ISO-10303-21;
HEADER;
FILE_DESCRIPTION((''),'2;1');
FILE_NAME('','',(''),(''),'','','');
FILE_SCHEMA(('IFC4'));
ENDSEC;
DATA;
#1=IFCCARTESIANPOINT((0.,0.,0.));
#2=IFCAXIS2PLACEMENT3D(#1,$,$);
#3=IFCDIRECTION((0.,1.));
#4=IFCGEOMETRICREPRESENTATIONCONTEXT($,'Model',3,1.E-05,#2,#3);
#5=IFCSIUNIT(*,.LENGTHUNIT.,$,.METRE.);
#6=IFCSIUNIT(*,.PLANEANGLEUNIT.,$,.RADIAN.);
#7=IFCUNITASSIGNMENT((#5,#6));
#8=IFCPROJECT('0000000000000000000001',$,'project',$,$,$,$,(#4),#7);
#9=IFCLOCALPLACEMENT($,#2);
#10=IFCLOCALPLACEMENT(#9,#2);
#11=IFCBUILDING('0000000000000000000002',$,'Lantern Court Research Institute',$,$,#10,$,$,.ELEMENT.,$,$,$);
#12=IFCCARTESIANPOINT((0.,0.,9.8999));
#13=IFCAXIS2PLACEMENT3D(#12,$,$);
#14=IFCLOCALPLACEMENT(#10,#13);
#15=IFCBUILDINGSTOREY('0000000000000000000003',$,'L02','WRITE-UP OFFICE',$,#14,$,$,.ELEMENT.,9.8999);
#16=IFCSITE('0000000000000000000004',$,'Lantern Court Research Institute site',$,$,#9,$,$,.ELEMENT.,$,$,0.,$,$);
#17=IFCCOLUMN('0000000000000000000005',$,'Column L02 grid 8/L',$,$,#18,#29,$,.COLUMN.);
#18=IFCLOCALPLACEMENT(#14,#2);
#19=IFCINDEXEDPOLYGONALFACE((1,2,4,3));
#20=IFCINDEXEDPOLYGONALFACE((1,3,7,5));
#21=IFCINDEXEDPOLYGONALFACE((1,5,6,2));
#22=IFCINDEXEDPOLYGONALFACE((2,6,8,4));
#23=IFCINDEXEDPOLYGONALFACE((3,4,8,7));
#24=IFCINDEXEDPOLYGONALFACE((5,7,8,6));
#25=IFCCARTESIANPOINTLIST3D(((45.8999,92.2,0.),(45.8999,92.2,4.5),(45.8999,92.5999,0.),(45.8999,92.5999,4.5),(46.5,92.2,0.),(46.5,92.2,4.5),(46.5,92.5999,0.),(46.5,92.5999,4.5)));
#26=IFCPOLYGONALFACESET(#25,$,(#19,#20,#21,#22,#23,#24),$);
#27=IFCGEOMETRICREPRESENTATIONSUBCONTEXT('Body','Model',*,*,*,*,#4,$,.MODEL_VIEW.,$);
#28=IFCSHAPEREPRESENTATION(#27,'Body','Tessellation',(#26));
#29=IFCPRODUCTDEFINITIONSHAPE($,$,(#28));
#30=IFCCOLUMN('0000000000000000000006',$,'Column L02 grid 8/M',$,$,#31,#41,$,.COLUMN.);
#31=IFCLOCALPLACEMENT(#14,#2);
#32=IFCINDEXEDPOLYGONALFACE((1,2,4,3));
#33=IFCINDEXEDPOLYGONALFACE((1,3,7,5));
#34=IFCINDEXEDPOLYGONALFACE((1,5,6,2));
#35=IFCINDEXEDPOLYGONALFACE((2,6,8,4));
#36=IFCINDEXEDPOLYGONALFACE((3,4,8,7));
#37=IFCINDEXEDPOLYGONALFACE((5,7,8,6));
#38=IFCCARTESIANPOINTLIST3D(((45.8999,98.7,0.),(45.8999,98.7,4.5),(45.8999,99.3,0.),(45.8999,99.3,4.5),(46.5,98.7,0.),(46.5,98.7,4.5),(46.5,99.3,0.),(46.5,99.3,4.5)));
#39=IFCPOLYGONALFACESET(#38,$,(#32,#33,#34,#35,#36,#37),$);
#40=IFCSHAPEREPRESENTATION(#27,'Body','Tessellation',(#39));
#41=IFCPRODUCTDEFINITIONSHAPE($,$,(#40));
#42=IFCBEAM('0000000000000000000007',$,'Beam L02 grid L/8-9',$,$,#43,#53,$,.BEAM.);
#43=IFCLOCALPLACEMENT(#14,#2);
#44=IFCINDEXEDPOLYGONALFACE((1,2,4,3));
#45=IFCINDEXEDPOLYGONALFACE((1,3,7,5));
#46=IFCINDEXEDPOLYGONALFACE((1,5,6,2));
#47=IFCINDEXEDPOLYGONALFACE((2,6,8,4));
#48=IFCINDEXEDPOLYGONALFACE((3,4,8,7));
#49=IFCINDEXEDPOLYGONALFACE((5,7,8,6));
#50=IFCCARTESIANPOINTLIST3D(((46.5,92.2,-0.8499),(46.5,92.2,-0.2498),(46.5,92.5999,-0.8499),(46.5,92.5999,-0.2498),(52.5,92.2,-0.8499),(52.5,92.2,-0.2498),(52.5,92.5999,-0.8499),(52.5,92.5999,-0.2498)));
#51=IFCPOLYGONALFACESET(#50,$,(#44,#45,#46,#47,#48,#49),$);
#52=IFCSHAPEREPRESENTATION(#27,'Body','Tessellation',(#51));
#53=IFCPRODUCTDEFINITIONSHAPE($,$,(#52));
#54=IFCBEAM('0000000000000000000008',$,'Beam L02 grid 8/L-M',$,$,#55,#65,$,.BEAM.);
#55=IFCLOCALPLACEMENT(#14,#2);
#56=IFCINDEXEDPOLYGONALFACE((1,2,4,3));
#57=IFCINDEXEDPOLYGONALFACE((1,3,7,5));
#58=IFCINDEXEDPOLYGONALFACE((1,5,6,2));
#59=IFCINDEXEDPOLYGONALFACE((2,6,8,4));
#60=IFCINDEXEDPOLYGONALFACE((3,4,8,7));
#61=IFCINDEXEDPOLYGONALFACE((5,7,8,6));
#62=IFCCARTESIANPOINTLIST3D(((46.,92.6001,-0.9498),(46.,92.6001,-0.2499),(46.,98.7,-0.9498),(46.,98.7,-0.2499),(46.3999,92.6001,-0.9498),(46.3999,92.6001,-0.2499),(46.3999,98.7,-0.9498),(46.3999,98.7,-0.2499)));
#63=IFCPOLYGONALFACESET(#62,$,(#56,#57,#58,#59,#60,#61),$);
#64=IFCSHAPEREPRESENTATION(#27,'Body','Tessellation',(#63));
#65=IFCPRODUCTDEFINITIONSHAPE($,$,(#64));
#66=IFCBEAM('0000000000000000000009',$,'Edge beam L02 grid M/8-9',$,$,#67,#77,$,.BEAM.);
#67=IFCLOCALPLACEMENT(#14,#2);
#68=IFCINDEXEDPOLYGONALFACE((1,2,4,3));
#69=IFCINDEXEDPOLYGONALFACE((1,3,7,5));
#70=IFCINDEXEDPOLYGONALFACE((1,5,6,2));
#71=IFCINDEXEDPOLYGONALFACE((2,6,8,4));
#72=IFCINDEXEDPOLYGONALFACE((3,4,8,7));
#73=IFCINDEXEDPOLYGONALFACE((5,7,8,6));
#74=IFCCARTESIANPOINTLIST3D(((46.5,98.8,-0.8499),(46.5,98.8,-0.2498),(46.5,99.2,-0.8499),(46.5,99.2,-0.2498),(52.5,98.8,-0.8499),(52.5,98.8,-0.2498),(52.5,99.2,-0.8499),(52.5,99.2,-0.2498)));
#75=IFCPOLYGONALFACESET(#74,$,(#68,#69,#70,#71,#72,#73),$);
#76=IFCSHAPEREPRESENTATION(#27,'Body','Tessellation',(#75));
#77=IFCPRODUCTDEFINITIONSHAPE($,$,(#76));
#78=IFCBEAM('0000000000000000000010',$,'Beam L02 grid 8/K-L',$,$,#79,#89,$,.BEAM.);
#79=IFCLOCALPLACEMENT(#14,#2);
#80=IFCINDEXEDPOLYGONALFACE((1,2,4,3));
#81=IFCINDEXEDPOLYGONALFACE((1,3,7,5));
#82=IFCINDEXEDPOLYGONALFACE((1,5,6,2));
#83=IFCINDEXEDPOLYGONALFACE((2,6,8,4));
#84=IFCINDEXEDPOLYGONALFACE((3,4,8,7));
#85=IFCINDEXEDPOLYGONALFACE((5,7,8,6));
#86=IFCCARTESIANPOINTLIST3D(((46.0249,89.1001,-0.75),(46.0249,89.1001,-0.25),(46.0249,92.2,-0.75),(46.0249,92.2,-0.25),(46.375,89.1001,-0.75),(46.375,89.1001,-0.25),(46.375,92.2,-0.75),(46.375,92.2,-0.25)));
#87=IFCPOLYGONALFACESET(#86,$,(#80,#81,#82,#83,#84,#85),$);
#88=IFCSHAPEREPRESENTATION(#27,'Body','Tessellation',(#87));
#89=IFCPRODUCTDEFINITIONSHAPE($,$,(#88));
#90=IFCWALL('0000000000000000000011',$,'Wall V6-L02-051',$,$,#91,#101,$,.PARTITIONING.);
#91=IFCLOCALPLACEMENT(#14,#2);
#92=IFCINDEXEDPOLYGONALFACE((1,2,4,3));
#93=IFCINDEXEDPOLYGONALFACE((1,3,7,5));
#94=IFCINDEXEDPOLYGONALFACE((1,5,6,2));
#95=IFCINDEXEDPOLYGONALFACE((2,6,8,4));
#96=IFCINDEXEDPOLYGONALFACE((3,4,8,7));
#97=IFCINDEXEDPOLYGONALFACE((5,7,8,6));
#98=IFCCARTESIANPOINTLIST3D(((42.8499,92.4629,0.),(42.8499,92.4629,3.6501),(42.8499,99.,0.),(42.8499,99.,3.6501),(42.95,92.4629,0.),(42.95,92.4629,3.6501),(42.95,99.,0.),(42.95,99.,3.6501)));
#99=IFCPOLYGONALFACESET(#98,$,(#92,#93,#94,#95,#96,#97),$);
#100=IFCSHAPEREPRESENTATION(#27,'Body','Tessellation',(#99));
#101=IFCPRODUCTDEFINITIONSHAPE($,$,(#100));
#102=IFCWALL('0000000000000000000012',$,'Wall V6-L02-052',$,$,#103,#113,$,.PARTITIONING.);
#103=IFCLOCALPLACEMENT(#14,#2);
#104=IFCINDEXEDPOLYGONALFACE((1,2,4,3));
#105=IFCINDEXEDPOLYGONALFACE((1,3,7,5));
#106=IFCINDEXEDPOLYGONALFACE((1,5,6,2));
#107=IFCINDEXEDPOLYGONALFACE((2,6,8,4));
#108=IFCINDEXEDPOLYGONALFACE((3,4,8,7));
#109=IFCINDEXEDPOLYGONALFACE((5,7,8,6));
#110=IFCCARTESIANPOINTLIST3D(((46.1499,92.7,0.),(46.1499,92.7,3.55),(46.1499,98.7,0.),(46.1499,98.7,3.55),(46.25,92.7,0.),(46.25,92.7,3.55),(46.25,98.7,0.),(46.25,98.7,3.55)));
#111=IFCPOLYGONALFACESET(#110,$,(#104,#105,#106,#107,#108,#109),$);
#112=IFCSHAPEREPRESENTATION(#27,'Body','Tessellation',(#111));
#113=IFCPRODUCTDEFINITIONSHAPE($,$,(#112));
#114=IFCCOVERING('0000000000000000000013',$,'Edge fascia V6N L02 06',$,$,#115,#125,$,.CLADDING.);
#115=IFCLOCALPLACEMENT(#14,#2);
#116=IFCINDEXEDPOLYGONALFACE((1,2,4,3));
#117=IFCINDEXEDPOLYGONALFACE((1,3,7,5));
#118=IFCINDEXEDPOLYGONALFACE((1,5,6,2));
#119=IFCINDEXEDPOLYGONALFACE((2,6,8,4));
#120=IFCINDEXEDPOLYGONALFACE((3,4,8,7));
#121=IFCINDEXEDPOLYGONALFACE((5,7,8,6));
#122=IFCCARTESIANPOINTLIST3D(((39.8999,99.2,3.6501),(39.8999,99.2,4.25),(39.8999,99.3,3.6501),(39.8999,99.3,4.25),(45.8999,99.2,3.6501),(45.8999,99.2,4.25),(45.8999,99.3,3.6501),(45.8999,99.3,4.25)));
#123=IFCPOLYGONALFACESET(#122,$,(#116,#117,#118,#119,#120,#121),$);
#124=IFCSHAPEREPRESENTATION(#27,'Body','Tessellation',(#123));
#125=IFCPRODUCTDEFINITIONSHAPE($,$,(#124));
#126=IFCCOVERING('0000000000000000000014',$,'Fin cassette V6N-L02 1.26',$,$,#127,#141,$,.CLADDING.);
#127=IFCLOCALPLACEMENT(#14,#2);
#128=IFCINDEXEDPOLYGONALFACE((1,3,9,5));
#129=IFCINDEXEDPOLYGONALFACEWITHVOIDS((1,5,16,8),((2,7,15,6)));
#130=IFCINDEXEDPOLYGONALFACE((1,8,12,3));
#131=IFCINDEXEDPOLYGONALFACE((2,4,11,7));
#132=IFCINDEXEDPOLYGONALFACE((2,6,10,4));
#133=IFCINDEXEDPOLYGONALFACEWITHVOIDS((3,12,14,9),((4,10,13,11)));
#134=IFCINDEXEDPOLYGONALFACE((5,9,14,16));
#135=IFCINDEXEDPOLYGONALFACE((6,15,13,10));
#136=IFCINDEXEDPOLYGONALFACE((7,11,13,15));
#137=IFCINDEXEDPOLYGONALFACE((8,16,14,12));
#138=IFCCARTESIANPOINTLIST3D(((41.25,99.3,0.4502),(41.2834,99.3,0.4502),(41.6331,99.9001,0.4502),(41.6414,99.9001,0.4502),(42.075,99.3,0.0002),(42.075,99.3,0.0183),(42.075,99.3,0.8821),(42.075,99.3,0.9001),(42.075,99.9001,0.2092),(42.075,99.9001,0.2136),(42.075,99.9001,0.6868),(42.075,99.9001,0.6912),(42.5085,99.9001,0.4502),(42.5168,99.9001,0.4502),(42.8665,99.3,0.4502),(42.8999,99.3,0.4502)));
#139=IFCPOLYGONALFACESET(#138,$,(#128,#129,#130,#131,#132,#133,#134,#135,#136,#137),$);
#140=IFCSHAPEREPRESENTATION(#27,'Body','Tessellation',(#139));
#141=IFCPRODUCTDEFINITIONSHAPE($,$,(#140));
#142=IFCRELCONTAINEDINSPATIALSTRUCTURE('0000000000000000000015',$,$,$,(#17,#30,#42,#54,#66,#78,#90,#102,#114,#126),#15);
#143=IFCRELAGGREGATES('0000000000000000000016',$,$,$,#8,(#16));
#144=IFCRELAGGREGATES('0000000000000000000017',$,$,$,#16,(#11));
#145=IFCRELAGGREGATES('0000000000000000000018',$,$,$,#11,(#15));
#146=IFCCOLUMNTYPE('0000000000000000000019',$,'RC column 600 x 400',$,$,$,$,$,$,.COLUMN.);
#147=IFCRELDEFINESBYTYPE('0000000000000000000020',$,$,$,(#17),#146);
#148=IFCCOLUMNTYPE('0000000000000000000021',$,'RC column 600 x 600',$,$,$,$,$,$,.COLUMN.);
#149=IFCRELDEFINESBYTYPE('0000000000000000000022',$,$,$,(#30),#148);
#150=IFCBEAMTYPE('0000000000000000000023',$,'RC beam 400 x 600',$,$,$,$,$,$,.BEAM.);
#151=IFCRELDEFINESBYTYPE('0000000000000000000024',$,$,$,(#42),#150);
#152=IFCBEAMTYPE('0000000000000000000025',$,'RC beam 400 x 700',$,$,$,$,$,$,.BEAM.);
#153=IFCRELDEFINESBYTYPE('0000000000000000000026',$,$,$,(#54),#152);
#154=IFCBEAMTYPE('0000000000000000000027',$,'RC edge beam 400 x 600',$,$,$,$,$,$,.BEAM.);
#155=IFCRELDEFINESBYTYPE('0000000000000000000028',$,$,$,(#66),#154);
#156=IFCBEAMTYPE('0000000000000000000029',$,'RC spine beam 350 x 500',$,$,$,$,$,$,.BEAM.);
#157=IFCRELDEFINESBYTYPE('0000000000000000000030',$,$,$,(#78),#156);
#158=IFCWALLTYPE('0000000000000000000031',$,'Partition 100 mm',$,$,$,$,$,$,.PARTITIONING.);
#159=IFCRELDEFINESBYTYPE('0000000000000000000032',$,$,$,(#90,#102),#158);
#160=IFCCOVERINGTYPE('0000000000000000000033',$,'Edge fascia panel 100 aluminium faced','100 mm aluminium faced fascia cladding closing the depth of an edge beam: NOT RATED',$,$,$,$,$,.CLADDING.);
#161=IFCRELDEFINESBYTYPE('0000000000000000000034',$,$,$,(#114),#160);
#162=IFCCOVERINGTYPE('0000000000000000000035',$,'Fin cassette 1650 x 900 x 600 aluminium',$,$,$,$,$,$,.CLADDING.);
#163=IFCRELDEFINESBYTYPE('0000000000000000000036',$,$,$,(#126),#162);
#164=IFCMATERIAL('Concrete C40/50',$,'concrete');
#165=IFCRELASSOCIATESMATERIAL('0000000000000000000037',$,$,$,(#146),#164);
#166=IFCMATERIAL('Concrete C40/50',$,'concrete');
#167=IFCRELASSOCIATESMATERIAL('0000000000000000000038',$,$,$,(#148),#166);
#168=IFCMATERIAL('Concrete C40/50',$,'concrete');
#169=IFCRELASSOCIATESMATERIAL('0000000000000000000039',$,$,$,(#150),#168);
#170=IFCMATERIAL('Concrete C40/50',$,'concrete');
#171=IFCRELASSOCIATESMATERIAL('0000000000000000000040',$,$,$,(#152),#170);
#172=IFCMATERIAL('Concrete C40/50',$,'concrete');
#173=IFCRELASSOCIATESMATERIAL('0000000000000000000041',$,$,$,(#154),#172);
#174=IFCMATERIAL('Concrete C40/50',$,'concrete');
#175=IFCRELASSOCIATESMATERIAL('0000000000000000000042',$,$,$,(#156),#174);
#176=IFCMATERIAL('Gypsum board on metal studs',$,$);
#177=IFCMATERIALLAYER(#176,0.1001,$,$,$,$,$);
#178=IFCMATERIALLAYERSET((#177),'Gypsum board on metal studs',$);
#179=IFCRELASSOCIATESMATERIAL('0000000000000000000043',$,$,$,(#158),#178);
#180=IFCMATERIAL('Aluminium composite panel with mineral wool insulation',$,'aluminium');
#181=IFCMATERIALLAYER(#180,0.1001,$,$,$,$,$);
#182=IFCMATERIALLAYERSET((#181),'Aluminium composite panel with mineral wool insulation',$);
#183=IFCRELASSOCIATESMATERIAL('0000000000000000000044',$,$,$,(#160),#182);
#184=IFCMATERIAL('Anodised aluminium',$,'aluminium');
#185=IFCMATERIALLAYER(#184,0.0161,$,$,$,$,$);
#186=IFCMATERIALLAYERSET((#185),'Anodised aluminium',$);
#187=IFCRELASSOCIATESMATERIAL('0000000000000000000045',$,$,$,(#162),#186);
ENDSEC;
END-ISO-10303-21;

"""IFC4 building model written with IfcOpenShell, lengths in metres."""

from ifc_helpers import new_model, entity, si_unit, direction, frame, frame_2d, origin, origin_2d, place, context, subcontext, project, spatial, rectangle, extrude, material, layer, layer_set, material_profile, profile_set, type_object, element, save


model = new_model("IFC4")

# Units and contexts
model_context = context("Model", 3, precision=1e-05, world=origin(), true_north=direction((0.0, 1.0)))
body_context = subcontext(model_context, "Body", "Model", "MODEL_VIEW")
ifc_project = project(units=[si_unit("LENGTHUNIT", "METRE"), si_unit("PLANEANGLEUNIT", "RADIAN")], contexts=[model_context])

# Site, building, storey
site_placement = place(None, origin())
site = spatial("IfcSite", under=ifc_project, at=site_placement, Name="Lantern Court Research Institute site", CompositionType="ELEMENT", RefElevation=0.0)
building_placement = place(site_placement, origin())
building = spatial("IfcBuilding", under=site, at=building_placement, Name="Lantern Court Research Institute", CompositionType="ELEMENT")
storey_placement = place(building_placement, frame((0.0, 0.0, 9.8999)))
storey = spatial("IfcBuildingStorey", under=building, at=storey_placement, Name="L02", Description="WRITE-UP OFFICE", CompositionType="ELEMENT", Elevation=9.8999)

# Columns
ifc_material_1 = material(Name="Concrete C40/50", Category="concrete")
ifc_material_profile_1 = material_profile(ifc_material_1, rectangle(XDim=0.6001, YDim=0.3999, at=origin_2d()), Name="RC column 600 x 400")
ifc_profile_set_1 = profile_set([ifc_material_profile_1], Name="Concrete C40/50")
column_type_1 = type_object("IfcColumnType", Name="RC column 600 x 400", PredefinedType="COLUMN", material=ifc_profile_set_1)
column_1_placement = place(storey_placement, frame((46.2, 92.3999, 0.0), z_axis=(0.0, 0.0, 1.0), x_axis=(1.0, 0.0, 0.0)))
element("IfcColumn", 1, at=column_1_placement, inside=storey, type_object=column_type_1, Name="Column L02 grid 8/L", PredefinedType="COLUMN", context=body_context, shape_type="SweptSolid", body=[
    extrude(rectangle(XDim=0.6001, YDim=0.3999, at=origin_2d()), origin(), (0.0, 0.0, 1.0), 4.5),
])
ifc_material_2 = material(Name="Concrete C40/50", Category="concrete")
ifc_material_profile_2 = material_profile(ifc_material_2, rectangle(XDim=0.6001, YDim=0.6001, at=origin_2d()), Name="RC column 600 x 600")
ifc_profile_set_2 = profile_set([ifc_material_profile_2], Name="Concrete C40/50")
column_type_2 = type_object("IfcColumnType", Name="RC column 600 x 600", PredefinedType="COLUMN", material=ifc_profile_set_2)
column_2_placement = place(storey_placement, frame((46.2, 99.0, 0.0), z_axis=(0.0, 0.0, 1.0), x_axis=(1.0, 0.0, 0.0)))
element("IfcColumn", 2, at=column_2_placement, inside=storey, type_object=column_type_2, Name="Column L02 grid 8/M", PredefinedType="COLUMN", context=body_context, shape_type="SweptSolid", body=[
    extrude(rectangle(XDim=0.6001, YDim=0.6001, at=origin_2d()), origin(), (0.0, 0.0, 1.0), 4.5),
])

# Beams
ifc_material_3 = material(Name="Concrete C40/50", Category="concrete")
ifc_material_profile_3 = material_profile(ifc_material_3, rectangle(XDim=0.3999, YDim=0.6001, at=origin_2d()), Name="RC beam 400 x 600")
ifc_profile_set_3 = profile_set([ifc_material_profile_3], Name="Concrete C40/50")
beam_type_1 = type_object("IfcBeamType", Name="RC beam 400 x 600", PredefinedType="BEAM", material=ifc_profile_set_3)
beam_1_placement = place(storey_placement, frame((46.5, 92.3999, -0.5498), z_axis=(1.0, 0.0, 0.0), x_axis=(0.0, 1.0, 0.0)))
element("IfcBeam", 3, at=beam_1_placement, inside=storey, type_object=beam_type_1, Name="Beam L02 grid L/8-9", PredefinedType="BEAM", context=body_context, shape_type="SweptSolid", body=[
    extrude(rectangle(XDim=0.3999, YDim=0.6001, at=origin_2d()), origin(), (0.0, 0.0, 1.0), 6.0),
])
ifc_material_4 = material(Name="Concrete C40/50", Category="concrete")
ifc_material_profile_4 = material_profile(ifc_material_4, rectangle(XDim=0.3999, YDim=0.7, at=origin_2d()), Name="RC beam 400 x 700")
ifc_profile_set_4 = profile_set([ifc_material_profile_4], Name="Concrete C40/50")
beam_type_2 = type_object("IfcBeamType", Name="RC beam 400 x 700", PredefinedType="BEAM", material=ifc_profile_set_4)
beam_2_placement = place(storey_placement, frame((46.2, 92.6001, -0.5999), z_axis=(0.0, 1.0, 0.0), x_axis=(-1.0, 0.0, 0.0)))
element("IfcBeam", 4, at=beam_2_placement, inside=storey, type_object=beam_type_2, Name="Beam L02 grid 8/L-M", PredefinedType="BEAM", context=body_context, shape_type="SweptSolid", body=[
    extrude(rectangle(XDim=0.3999, YDim=0.7, at=origin_2d()), origin(), (0.0, 0.0, 1.0), 6.0999),
])
ifc_material_5 = material(Name="Concrete C40/50", Category="concrete")
ifc_material_profile_5 = material_profile(ifc_material_5, rectangle(XDim=0.3999, YDim=0.6001, at=origin_2d()), Name="RC beam 400 x 600")
ifc_profile_set_5 = profile_set([ifc_material_profile_5], Name="Concrete C40/50")
beam_type_3 = type_object("IfcBeamType", Name="RC edge beam 400 x 600", PredefinedType="BEAM", material=ifc_profile_set_5)
beam_3_placement = place(storey_placement, frame((46.5, 99.0, -0.5498), z_axis=(1.0, 0.0, 0.0), x_axis=(0.0, 1.0, 0.0)))
element("IfcBeam", 5, at=beam_3_placement, inside=storey, type_object=beam_type_3, Name="Edge beam L02 grid M/8-9", PredefinedType="BEAM", context=body_context, shape_type="SweptSolid", body=[
    extrude(rectangle(XDim=0.3999, YDim=0.6001, at=origin_2d()), origin(), (0.0, 0.0, 1.0), 6.0),
])
ifc_material_6 = material(Name="Concrete C40/50", Category="concrete")
ifc_material_profile_6 = material_profile(ifc_material_6, rectangle(XDim=0.3501, YDim=0.5, at=origin_2d()), Name="RC beam 350 x 500")
ifc_profile_set_6 = profile_set([ifc_material_profile_6], Name="Concrete C40/50")
beam_type_4 = type_object("IfcBeamType", Name="RC spine beam 350 x 500", PredefinedType="BEAM", material=ifc_profile_set_6)
beam_4_placement = place(storey_placement, frame((46.2, 89.1001, -0.5), z_axis=(0.0, 1.0, 0.0), x_axis=(-1.0, 0.0, 0.0)))
element("IfcBeam", 6, at=beam_4_placement, inside=storey, type_object=beam_type_4, Name="Beam L02 grid 8/K-L", PredefinedType="BEAM", context=body_context, shape_type="SweptSolid", body=[
    extrude(rectangle(XDim=0.3501, YDim=0.5, at=origin_2d()), origin(), (0.0, 0.0, 1.0), 3.0999),
])

# Walls
ifc_material_7 = material(Name="Gypsum board on metal studs")
ifc_layer_1 = layer(ifc_material_7, 0.1001)
ifc_layer_set_1 = layer_set([ifc_layer_1], Name="Gypsum board on metal studs")
wall_type = type_object("IfcWallType", Name="Partition 100 mm", PredefinedType="PARTITIONING", material=ifc_layer_set_1)
wall_1_placement = place(storey_placement, frame((42.8999, 92.4629, 0.0), z_axis=(0.0, 0.0, 1.0), x_axis=(0.0, 1.0, 0.0)))
element("IfcWall", 7, at=wall_1_placement, inside=storey, type_object=wall_type, Name="Wall V6-L02-051", PredefinedType="PARTITIONING", context=body_context, shape_type="SweptSolid", body=[
    extrude(rectangle(XDim=6.5371, YDim=0.1001, at=frame_2d((3.2686, 0.0))), origin(), (0.0, 0.0, 1.0), 3.6501),
])
wall_2_placement = place(storey_placement, frame((46.2, 92.7, 0.0), z_axis=(0.0, 0.0, 1.0), x_axis=(0.0, 1.0, 0.0)))
element("IfcWall", 8, at=wall_2_placement, inside=storey, type_object=wall_type, Name="Wall V6-L02-052", PredefinedType="PARTITIONING", context=body_context, shape_type="SweptSolid", body=[
    extrude(rectangle(XDim=6.0, YDim=0.1001, at=frame_2d((3.0, 0.0))), origin(), (0.0, 0.0, 1.0), 3.55),
])

# Coverings
ifc_material_8 = material(Name="Aluminium composite panel with mineral wool insulation", Category="aluminium")
ifc_layer_2 = layer(ifc_material_8, 0.1001)
ifc_layer_set_2 = layer_set([ifc_layer_2], Name="Aluminium composite panel with mineral wool insulation")
covering_type_1 = type_object("IfcCoveringType", Name="Edge fascia panel 100 aluminium faced", Description="100 mm aluminium faced fascia cladding closing the depth of an edge beam: NOT RATED", PredefinedType="CLADDING", material=ifc_layer_set_2)
covering_1_placement = place(storey_placement, frame((39.8999, 99.25, 3.6501), z_axis=(0.0, 0.0, 1.0), x_axis=(1.0, 0.0, 0.0)))
element("IfcCovering", 9, at=covering_1_placement, inside=storey, type_object=covering_type_1, Name="Edge fascia V6N L02 06", PredefinedType="CLADDING", context=body_context, shape_type="SweptSolid", body=[
    extrude(rectangle(XDim=6.0, YDim=0.1001, at=frame_2d((3.0, 0.0))), origin(), (0.0, 0.0, 1.0), 0.5999),
])
ifc_material_9 = material(Name="Anodised aluminium", Category="aluminium")
ifc_layer_3 = layer(ifc_material_9, 0.0161)
ifc_layer_set_3 = layer_set([ifc_layer_3], Name="Anodised aluminium")
covering_type_2 = type_object("IfcCoveringType", Name="Fin cassette 1650 x 900 x 600 aluminium", PredefinedType="CLADDING", material=ifc_layer_set_3)
covering_2_placement = place(storey_placement, frame((42.075, 99.3, 0.4502), z_axis=(0.0, 1.0, 0.0), x_axis=(-1.0, 0.0, 0.0)))
cartesian_point_1 = entity("IfcCartesianPoint", [0.825, 0.0])
cartesian_point_2 = entity("IfcCartesianPoint", [0.7915, 0.0])
cartesian_point_3 = entity("IfcCartesianPoint", [0.4419, 0.0])
cartesian_point_4 = entity("IfcCartesianPoint", [0.4336, 0.0])
element("IfcCovering", 10, at=covering_2_placement, inside=storey, type_object=covering_type_2, Name="Fin cassette V6N-L02 1.26", PredefinedType="CLADDING", context=body_context, shape_type="SweptSolid", body=[
    entity("IfcExtrudedAreaSolidTapered", entity("IfcArbitraryProfileDefWithVoids", "AREA", None, entity("IfcPolyline", [cartesian_point_1, entity("IfcCartesianPoint", [0.0, 0.45]), entity("IfcCartesianPoint", [-0.825, 0.0]), entity("IfcCartesianPoint", [0.0, -0.45]), cartesian_point_1]), [entity("IfcPolyline", [cartesian_point_2, entity("IfcCartesianPoint", [0.0, 0.4319]), entity("IfcCartesianPoint", [-0.7915, 0.0]), entity("IfcCartesianPoint", [0.0, -0.4319]), cartesian_point_2])]), entity("IfcAxis2Placement3D", entity("IfcCartesianPoint", [0.0, 0.0, 0.0])), entity("IfcDirection", [0.0, 0.0, 1.0]), 0.6001, entity("IfcArbitraryProfileDefWithVoids", "AREA", None, entity("IfcPolyline", [cartesian_point_3, entity("IfcCartesianPoint", [0.0, 0.241]), entity("IfcCartesianPoint", [-0.4419, 0.0]), entity("IfcCartesianPoint", [0.0, -0.241]), cartesian_point_3]), [entity("IfcPolyline", [cartesian_point_4, entity("IfcCartesianPoint", [0.0, 0.2366]), entity("IfcCartesianPoint", [-0.4336, 0.0]), entity("IfcCartesianPoint", [0.0, -0.2366]), cartesian_point_4])])),
])

save(model, "model.ifc")
